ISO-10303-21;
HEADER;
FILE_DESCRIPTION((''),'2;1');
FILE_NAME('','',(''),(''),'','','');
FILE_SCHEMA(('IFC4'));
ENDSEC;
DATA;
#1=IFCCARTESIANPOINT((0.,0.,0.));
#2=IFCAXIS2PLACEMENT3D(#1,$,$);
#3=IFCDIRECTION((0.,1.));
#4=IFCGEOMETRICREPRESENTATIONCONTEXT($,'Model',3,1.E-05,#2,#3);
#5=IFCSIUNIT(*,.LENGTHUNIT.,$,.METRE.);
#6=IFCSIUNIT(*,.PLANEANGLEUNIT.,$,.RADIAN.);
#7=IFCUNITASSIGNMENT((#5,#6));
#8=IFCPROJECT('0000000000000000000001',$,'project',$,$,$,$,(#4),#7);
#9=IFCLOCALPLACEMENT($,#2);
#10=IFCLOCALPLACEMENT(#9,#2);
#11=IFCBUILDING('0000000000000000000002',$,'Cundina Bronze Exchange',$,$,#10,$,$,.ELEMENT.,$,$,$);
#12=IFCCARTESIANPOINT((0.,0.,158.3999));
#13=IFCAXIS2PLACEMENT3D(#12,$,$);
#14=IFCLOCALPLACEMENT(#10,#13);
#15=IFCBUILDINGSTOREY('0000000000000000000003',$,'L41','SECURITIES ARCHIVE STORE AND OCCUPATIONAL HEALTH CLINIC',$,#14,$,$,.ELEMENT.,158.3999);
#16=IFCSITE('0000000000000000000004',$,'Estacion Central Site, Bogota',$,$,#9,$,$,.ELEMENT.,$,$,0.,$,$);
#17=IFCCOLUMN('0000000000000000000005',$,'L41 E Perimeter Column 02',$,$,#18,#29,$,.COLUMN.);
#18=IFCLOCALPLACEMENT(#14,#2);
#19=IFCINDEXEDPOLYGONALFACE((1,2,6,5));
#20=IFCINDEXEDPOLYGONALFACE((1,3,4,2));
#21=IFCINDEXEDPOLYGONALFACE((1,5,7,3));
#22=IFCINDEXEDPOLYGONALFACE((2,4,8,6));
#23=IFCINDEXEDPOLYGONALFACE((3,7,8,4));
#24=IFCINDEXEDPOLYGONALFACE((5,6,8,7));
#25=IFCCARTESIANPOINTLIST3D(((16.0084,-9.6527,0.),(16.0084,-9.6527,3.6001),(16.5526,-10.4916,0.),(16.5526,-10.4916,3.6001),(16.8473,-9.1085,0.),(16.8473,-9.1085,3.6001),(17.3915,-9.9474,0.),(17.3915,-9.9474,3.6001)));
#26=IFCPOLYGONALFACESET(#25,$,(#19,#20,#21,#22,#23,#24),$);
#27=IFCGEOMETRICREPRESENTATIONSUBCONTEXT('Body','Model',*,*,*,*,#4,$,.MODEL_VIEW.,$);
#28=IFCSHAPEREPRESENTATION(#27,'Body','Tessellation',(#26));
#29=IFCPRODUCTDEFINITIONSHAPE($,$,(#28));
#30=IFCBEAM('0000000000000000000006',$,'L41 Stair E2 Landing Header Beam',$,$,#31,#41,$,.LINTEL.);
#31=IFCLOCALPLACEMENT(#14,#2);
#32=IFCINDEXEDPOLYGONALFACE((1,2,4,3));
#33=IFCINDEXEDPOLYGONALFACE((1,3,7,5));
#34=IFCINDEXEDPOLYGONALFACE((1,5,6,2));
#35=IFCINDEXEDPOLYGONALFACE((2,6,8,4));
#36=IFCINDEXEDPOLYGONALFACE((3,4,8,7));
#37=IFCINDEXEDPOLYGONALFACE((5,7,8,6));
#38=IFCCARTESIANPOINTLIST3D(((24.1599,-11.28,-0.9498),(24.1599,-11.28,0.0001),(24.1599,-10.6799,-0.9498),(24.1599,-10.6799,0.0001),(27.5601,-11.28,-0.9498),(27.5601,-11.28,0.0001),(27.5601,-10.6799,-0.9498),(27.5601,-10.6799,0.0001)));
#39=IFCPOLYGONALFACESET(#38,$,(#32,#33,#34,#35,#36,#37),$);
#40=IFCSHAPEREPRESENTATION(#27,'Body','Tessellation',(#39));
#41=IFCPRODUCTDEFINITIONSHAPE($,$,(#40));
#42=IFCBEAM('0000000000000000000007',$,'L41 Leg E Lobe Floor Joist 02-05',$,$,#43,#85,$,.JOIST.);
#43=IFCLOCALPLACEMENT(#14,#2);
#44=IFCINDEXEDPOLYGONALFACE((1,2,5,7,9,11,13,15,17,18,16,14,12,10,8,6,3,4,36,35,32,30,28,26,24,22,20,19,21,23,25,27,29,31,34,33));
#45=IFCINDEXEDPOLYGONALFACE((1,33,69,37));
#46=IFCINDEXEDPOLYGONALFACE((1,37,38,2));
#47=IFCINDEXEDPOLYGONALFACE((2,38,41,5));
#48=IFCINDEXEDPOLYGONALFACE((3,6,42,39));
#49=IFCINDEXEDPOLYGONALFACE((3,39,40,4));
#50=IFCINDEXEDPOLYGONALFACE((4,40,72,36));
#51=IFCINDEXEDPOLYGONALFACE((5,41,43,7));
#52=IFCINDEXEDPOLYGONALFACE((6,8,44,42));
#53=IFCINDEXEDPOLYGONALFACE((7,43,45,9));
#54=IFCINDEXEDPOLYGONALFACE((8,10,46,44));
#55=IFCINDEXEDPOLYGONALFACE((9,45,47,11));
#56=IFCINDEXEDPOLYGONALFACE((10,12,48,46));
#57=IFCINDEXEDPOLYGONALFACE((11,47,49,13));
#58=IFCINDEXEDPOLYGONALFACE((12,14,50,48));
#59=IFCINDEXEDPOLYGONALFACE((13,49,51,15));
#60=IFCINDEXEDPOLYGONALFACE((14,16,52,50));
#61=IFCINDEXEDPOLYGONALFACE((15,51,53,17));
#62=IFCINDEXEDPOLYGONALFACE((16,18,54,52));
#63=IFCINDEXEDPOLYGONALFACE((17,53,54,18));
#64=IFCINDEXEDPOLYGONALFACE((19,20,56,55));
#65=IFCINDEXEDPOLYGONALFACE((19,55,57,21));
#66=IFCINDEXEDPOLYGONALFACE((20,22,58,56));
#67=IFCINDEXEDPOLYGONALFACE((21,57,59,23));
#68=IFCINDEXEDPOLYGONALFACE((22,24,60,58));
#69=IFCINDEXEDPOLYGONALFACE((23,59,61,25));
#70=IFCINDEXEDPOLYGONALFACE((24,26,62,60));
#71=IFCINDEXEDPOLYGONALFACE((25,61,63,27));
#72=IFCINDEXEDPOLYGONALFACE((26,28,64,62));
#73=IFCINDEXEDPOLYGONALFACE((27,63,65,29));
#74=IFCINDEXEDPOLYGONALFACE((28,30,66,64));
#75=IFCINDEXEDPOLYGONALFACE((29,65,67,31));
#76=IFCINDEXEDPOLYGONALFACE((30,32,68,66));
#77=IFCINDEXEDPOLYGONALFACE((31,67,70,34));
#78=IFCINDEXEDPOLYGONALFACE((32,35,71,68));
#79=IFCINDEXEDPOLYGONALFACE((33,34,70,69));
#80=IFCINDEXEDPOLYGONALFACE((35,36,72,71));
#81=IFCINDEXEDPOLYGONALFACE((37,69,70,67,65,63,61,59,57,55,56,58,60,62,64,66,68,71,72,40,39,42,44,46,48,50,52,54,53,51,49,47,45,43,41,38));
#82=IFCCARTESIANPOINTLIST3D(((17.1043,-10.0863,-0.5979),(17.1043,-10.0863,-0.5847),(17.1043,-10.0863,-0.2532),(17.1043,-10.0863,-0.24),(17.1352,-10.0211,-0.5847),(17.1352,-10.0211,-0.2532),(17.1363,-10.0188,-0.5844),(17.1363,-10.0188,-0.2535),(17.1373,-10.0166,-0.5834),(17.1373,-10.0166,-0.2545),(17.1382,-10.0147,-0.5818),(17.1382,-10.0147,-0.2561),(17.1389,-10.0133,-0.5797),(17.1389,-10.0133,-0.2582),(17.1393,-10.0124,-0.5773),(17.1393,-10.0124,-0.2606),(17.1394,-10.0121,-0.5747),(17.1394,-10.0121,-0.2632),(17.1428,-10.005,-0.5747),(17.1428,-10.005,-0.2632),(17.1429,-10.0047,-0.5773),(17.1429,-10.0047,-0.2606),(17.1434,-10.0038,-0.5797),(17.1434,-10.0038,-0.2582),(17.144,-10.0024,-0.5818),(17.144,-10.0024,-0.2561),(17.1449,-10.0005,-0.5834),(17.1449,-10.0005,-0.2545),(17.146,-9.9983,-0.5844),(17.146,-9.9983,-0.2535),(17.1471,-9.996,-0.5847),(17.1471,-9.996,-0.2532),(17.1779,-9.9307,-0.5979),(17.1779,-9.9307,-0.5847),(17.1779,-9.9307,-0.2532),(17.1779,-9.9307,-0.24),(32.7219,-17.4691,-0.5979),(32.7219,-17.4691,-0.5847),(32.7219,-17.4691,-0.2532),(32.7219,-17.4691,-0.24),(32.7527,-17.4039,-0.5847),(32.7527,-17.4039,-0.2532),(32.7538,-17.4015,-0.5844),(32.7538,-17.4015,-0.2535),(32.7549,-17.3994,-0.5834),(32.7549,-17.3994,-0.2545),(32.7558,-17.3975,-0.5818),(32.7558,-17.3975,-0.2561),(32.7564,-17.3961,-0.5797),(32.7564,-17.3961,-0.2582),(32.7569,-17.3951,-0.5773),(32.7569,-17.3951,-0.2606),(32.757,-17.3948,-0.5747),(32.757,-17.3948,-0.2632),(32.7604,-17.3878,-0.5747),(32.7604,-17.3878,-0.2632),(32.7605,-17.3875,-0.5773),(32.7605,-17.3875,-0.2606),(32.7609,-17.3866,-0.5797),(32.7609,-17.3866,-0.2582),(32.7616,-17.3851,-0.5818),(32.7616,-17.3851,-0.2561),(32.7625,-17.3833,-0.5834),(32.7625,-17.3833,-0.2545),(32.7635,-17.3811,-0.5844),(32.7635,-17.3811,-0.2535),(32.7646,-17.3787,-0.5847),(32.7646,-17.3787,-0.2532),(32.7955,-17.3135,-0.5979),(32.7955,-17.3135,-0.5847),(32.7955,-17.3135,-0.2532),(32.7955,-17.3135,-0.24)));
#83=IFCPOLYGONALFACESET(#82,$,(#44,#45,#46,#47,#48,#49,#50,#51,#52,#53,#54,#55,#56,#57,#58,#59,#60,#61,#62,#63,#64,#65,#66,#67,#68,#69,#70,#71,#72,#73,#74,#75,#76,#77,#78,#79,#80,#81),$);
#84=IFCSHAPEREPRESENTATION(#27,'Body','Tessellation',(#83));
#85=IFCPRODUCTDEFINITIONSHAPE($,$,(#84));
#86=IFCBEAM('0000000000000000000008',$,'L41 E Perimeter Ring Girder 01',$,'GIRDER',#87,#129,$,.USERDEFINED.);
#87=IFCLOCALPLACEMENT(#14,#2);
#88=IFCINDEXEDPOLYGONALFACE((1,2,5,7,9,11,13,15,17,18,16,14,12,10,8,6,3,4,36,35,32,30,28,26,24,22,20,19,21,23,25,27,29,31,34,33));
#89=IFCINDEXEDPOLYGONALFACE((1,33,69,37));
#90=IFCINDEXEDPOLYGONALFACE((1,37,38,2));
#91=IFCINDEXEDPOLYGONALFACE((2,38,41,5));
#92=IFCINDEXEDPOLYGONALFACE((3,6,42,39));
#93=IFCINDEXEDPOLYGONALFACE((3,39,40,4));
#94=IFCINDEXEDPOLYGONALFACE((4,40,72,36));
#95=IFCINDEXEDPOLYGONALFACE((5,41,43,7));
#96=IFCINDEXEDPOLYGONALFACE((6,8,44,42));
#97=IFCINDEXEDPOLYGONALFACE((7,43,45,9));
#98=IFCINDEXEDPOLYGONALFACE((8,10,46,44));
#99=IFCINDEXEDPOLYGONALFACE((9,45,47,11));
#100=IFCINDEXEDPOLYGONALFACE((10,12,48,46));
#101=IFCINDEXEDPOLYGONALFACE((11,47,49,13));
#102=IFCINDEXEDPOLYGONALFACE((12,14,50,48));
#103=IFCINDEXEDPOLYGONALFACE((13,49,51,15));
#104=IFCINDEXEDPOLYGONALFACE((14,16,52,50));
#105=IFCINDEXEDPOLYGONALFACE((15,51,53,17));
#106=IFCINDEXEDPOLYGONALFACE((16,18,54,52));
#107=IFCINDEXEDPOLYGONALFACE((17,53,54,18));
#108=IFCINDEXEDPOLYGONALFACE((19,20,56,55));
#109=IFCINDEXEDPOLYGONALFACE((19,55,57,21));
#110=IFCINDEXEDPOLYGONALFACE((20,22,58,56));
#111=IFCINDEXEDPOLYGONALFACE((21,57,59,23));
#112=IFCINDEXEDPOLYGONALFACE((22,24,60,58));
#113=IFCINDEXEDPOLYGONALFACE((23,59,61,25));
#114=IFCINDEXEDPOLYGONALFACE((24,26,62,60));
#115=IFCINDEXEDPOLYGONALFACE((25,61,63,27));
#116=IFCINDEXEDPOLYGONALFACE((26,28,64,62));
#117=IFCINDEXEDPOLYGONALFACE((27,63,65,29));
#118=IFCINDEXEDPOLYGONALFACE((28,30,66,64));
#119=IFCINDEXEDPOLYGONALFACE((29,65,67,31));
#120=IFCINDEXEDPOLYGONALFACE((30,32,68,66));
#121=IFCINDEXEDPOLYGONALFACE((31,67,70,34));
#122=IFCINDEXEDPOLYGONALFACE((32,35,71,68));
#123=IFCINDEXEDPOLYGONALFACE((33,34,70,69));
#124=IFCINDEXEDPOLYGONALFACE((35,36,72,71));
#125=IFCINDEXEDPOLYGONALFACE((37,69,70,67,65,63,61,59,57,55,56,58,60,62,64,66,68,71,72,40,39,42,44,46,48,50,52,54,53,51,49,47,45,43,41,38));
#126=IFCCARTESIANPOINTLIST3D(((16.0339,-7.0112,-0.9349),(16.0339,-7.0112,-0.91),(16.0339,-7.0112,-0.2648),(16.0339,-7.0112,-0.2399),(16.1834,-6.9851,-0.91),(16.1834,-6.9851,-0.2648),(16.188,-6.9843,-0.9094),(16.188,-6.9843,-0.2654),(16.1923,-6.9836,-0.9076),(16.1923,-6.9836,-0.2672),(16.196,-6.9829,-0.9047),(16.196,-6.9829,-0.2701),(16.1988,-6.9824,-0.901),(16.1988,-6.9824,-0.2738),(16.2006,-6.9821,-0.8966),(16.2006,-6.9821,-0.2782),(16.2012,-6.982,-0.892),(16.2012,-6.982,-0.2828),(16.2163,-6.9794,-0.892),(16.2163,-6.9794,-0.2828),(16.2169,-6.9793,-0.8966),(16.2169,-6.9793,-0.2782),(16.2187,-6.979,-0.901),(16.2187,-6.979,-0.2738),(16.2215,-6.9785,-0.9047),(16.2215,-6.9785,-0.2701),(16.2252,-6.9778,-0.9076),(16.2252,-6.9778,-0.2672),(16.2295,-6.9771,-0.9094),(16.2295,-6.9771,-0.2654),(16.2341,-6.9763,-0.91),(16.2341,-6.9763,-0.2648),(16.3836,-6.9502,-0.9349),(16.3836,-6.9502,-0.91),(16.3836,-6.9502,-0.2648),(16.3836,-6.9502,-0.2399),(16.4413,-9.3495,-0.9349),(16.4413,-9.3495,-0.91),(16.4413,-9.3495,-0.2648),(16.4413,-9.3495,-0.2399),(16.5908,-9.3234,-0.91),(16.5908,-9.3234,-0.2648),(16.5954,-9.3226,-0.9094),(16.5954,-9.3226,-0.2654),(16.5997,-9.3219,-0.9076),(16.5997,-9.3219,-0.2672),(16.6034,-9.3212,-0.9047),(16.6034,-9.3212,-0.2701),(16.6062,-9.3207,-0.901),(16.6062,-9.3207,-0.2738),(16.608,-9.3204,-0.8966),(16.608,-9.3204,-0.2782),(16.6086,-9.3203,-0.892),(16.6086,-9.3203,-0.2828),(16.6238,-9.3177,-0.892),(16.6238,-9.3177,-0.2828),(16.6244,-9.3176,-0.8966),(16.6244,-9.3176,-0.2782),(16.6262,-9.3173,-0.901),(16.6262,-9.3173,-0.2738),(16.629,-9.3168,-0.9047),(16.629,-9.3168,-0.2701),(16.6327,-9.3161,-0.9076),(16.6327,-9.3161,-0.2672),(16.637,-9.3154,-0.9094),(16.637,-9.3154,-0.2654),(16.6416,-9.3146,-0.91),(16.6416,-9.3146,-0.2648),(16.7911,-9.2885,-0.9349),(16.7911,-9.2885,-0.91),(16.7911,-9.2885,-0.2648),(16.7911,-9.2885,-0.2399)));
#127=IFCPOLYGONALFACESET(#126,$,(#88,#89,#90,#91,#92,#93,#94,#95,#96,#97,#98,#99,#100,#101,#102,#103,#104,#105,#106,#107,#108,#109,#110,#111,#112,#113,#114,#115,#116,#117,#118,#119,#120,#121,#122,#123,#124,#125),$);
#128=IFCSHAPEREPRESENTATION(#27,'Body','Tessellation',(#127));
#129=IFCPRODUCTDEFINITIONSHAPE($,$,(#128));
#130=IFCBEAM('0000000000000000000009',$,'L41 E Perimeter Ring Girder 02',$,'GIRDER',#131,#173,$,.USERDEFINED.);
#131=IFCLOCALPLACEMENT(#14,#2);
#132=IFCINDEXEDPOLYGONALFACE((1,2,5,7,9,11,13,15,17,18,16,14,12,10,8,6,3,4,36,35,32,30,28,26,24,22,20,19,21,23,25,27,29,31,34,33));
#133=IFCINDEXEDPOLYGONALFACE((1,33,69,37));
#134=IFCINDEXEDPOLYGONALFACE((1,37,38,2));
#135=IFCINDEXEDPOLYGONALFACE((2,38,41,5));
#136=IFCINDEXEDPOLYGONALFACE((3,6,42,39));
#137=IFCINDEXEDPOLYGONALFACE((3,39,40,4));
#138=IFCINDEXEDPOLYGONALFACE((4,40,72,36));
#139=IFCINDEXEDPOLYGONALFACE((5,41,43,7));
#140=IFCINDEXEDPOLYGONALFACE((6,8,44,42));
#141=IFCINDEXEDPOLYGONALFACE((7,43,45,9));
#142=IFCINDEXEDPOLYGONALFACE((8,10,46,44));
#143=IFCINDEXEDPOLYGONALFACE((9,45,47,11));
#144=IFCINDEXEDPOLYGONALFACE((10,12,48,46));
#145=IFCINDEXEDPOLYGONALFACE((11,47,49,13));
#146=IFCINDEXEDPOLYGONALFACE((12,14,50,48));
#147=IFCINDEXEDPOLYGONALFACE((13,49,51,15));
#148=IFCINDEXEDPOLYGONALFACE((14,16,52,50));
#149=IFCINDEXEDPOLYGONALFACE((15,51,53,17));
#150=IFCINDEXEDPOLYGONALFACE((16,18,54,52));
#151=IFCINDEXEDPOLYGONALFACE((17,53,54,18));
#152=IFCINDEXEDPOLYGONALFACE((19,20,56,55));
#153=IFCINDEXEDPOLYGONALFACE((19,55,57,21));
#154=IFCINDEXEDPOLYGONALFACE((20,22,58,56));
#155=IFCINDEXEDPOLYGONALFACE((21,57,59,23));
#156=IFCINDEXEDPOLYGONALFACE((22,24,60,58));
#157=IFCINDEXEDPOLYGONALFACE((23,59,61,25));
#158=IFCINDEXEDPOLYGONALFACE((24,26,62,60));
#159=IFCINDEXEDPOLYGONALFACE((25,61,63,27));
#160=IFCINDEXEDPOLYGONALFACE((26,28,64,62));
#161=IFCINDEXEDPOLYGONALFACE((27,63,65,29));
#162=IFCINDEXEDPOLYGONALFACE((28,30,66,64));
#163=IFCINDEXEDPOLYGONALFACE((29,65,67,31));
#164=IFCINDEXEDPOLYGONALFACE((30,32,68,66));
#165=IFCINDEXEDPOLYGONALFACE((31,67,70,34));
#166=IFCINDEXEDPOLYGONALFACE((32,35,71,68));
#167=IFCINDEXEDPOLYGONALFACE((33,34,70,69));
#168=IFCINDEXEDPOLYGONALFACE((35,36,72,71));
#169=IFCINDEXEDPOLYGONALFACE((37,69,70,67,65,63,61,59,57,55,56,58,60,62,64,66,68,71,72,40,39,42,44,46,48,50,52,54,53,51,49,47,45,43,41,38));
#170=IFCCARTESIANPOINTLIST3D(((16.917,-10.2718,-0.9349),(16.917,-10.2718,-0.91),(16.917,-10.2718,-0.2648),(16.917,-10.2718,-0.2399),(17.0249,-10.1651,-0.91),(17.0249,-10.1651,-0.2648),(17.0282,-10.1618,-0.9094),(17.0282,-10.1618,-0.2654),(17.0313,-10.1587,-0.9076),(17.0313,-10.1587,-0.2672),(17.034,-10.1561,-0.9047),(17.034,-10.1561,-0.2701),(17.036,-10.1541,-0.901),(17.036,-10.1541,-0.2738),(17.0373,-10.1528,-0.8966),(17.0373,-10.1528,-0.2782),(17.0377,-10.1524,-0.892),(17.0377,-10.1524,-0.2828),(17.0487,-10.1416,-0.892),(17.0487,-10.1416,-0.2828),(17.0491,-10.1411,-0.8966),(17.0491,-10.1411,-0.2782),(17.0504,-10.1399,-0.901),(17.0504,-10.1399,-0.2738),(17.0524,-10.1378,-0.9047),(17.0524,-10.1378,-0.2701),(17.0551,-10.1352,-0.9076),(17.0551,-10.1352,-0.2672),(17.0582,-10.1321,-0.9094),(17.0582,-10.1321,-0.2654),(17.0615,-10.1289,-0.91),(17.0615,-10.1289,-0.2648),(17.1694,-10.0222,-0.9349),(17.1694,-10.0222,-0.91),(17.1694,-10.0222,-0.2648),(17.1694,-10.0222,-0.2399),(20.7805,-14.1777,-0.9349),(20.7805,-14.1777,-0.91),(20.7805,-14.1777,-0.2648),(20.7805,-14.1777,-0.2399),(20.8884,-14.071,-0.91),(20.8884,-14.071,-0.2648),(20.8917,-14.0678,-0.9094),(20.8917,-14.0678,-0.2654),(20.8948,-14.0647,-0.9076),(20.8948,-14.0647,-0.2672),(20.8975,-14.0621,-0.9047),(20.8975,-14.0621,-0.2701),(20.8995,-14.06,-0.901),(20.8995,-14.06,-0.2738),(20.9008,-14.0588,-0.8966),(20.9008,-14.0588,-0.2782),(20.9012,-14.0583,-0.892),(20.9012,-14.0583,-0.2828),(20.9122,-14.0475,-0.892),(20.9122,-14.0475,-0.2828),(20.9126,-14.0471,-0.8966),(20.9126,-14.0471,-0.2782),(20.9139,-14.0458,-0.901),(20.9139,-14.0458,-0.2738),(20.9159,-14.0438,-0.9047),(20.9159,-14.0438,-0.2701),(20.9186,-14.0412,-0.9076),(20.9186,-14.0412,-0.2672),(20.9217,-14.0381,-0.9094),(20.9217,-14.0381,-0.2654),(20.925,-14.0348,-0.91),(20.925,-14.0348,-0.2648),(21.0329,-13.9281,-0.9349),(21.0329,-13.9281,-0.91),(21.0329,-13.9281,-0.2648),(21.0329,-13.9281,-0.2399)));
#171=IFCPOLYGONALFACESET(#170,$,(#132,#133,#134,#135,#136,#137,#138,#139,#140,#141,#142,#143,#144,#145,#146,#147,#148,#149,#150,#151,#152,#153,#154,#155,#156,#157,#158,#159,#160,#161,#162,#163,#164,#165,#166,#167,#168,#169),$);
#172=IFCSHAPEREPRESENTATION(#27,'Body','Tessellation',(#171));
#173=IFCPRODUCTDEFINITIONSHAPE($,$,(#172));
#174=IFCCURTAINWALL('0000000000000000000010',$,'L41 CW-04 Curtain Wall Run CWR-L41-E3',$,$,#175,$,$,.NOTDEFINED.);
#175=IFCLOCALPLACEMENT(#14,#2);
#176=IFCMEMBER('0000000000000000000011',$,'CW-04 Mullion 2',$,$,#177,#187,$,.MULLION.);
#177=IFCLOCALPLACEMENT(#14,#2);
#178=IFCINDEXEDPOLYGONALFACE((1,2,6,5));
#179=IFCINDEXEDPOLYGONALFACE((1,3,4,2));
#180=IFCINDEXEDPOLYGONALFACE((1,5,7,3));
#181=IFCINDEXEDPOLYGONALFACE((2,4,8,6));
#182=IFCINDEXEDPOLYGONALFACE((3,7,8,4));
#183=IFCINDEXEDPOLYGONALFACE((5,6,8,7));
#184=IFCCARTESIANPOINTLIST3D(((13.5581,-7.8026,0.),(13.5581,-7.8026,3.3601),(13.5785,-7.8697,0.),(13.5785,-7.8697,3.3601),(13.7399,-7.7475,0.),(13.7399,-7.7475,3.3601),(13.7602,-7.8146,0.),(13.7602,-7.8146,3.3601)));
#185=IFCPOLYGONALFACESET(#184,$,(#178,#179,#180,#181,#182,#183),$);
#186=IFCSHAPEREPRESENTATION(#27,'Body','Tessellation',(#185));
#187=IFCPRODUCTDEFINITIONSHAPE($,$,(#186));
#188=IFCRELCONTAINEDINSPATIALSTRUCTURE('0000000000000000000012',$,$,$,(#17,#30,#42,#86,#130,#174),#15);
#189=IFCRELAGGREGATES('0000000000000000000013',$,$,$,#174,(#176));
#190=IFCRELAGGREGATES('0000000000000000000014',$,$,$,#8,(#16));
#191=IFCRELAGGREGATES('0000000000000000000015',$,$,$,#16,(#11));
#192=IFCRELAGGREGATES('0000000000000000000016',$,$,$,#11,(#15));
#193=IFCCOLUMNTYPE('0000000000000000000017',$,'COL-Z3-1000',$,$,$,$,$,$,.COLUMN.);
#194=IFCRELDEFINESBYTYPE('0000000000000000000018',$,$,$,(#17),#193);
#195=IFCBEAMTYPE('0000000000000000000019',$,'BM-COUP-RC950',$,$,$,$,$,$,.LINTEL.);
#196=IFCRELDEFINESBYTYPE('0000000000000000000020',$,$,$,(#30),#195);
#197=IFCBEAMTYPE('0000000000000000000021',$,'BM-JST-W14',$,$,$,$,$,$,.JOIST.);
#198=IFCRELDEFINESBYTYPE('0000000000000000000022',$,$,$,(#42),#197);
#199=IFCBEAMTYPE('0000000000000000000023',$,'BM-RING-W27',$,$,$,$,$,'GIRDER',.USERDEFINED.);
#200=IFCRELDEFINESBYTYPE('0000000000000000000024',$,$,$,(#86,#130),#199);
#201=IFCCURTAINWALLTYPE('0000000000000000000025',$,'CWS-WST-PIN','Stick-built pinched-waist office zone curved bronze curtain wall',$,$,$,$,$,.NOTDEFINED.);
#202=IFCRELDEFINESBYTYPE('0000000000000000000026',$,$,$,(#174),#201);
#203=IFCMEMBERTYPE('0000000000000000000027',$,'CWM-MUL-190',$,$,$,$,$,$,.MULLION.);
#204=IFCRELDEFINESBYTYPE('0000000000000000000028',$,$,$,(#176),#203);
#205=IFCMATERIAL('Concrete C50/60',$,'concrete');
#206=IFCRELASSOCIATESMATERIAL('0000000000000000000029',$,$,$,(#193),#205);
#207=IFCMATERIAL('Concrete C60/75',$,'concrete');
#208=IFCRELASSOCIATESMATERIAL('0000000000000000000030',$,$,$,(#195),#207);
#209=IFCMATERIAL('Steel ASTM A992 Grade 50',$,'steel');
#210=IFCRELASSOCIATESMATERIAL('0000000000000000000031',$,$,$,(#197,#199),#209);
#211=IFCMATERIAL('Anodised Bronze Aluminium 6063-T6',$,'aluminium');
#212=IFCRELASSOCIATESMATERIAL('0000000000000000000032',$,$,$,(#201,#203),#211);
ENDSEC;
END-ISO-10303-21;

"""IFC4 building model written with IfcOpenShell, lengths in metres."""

from ifc_helpers import new_model, si_unit, direction, frame, origin, origin_2d, place, context, subcontext, project, spatial, rectangle, i_section, extrude, material, material_profile, profile_set, type_object, element, aggregate, save


model = new_model("IFC4")

# Units and contexts
model_context = context("Model", 3, precision=1e-05, world=origin(), true_north=direction((0.0, 1.0)))
body_context = subcontext(model_context, "Body", "Model", "MODEL_VIEW")
ifc_project = project(units=[si_unit("LENGTHUNIT", "METRE"), si_unit("PLANEANGLEUNIT", "RADIAN")], contexts=[model_context])

# Site, building, storey
site_placement = place(None, origin())
site = spatial("IfcSite", under=ifc_project, at=site_placement, Name="Estacion Central Site, Bogota", CompositionType="ELEMENT", RefElevation=0.0)
building_placement = place(site_placement, origin())
building = spatial("IfcBuilding", under=site, at=building_placement, Name="Cundina Bronze Exchange", CompositionType="ELEMENT")
storey_placement = place(building_placement, frame((0.0, 0.0, 158.3999)))
storey = spatial("IfcBuildingStorey", under=building, at=storey_placement, Name="L41", Description="SECURITIES ARCHIVE STORE AND OCCUPATIONAL HEALTH CLINIC", CompositionType="ELEMENT", Elevation=158.3999)

# Column
ifc_material_1 = material(Name="Concrete C50/60", Category="concrete")
ifc_material_profile_1 = material_profile(ifc_material_1, rectangle(XDim=1.0, YDim=1.0, at=origin_2d()), Name="RC1000X1000", Category="concrete")
ifc_profile_set_1 = profile_set([ifc_material_profile_1], Name="Concrete C50/60")
column_type = type_object("IfcColumnType", Name="COL-Z3-1000", PredefinedType="COLUMN", material=ifc_profile_set_1)
column_placement = place(storey_placement, frame((16.7, -9.8, 0.0), z_axis=(0.0, 0.0, 1.0), x_axis=(0.5442, -0.838956, 0.0)))
element("IfcColumn", 1, at=column_placement, inside=storey, type_object=column_type, Name="L41 E Perimeter Column 02", PredefinedType="COLUMN", context=body_context, shape_type="SweptSolid", body=[
    extrude(rectangle(XDim=1.0, YDim=1.0, at=origin_2d()), origin(), (0.0, 0.0, 1.0), 3.6001),
])

# Beams
ifc_material_2 = material(Name="Concrete C60/75", Category="concrete")
ifc_material_profile_2 = material_profile(ifc_material_2, rectangle(XDim=0.6001, YDim=0.95, at=origin_2d()), Name="RC600X950", Category="concrete")
ifc_profile_set_2 = profile_set([ifc_material_profile_2], Name="Concrete C60/75")
beam_type_1 = type_object("IfcBeamType", Name="BM-COUP-RC950", PredefinedType="LINTEL", material=ifc_profile_set_2)
beam_1_placement = place(storey_placement, frame((24.1599, -10.98, -0.4749), z_axis=(1.0, 0.0, 0.0), x_axis=(0.0, 1.0, 0.0)))
element("IfcBeam", 2, at=beam_1_placement, inside=storey, type_object=beam_type_1, Name="L41 Stair E2 Landing Header Beam", PredefinedType="LINTEL", context=body_context, shape_type="SweptSolid", body=[
    extrude(rectangle(XDim=0.6001, YDim=0.95, at=origin_2d()), origin(), (0.0, 0.0, 1.0), 3.4001),
])
ifc_material_3 = material(Name="Steel ASTM A992 Grade 50", Category="steel")
ifc_material_profile_3 = material_profile(ifc_material_3, i_section(OverallWidth=0.1721, OverallDepth=0.3579, WebThickness=0.0078, FlangeThickness=0.0132, FilletRadius=0.01, at=origin_2d()), Name="W14X38", Category="steel")
ifc_profile_set_3 = profile_set([ifc_material_profile_3], Name="Steel ASTM A992 Grade 50")
beam_type_2 = type_object("IfcBeamType", Name="BM-JST-W14", PredefinedType="JOIST", material=ifc_profile_set_3)
beam_2_placement = place(storey_placement, frame((17.1411, -10.0085, -0.4189), z_axis=(0.904074, -0.427375, 0.0), x_axis=(0.427375, 0.904074, 0.0)))
element("IfcBeam", 3, at=beam_2_placement, inside=storey, type_object=beam_type_2, Name="L41 Leg E Lobe Floor Joist 02-05", PredefinedType="JOIST", context=body_context, shape_type="SweptSolid", body=[
    extrude(i_section(OverallWidth=0.1721, OverallDepth=0.3579, WebThickness=0.0078, FlangeThickness=0.0132, FilletRadius=0.01, at=origin_2d()), origin(), (0.0, 0.0, 1.0), 17.2747),
])
ifc_material_profile_4 = material_profile(ifc_material_3, i_section(OverallWidth=0.355, OverallDepth=0.6951, WebThickness=0.0154, FlangeThickness=0.0249, FilletRadius=0.0181, at=origin_2d()), Name="W27X146", Category="steel")
ifc_profile_set_4 = profile_set([ifc_material_profile_4], Name="Steel ASTM A992 Grade 50")
beam_type_3 = type_object("IfcBeamType", Name="BM-RING-W27", ElementType="GIRDER", PredefinedType="USERDEFINED", material=ifc_profile_set_4)
beam_3_placement = place(storey_placement, frame((16.2087, -6.9807, -0.5874), z_axis=(0.171667, -0.985155, 0.0), x_axis=(0.985155, 0.171667, 0.0)))
element("IfcBeam", 4, at=beam_3_placement, inside=storey, type_object=beam_type_3, Name="L41 E Perimeter Ring Girder 01", ObjectType="GIRDER", PredefinedType="USERDEFINED", context=body_context, shape_type="SweptSolid", body=[
    extrude(i_section(OverallWidth=0.355, OverallDepth=0.6951, WebThickness=0.0154, FlangeThickness=0.0249, FilletRadius=0.0181, at=origin_2d()), origin(), (0.0, 0.0, 1.0), 2.3735),
])
beam_4_placement = place(storey_placement, frame((17.0432, -10.147, -0.5874), z_axis=(0.70323, -0.710962, 0.0), x_axis=(0.710962, 0.70323, 0.0)))
element("IfcBeam", 5, at=beam_4_placement, inside=storey, type_object=beam_type_3, Name="L41 E Perimeter Ring Girder 02", ObjectType="GIRDER", PredefinedType="USERDEFINED", context=body_context, shape_type="SweptSolid", body=[
    extrude(i_section(OverallWidth=0.355, OverallDepth=0.6951, WebThickness=0.0154, FlangeThickness=0.0249, FilletRadius=0.0181, at=origin_2d()), origin(), (0.0, 0.0, 1.0), 5.4939),
])

# Curtain wall, member
ifc_material_4 = material(Name="Anodised Bronze Aluminium 6063-T6", Category="aluminium")
curtain_wall_type = type_object("IfcCurtainWallType", Name="CWS-WST-PIN", Description="Stick-built pinched-waist office zone curved bronze curtain wall", PredefinedType="NOTDEFINED", material=ifc_material_4)
curtain_wall_placement = place(storey_placement, origin())
curtain_wall = element("IfcCurtainWall", 6, at=curtain_wall_placement, inside=storey, type_object=curtain_wall_type, Name="L41 CW-04 Curtain Wall Run CWR-L41-E3", PredefinedType="NOTDEFINED")
ifc_material_profile_5 = material_profile(ifc_material_4, rectangle(XDim=0.0701, YDim=0.1899, at=origin_2d()), Name="AL70X190", Category="aluminium")
ifc_profile_set_5 = profile_set([ifc_material_profile_5], Name="Anodised Bronze Aluminium 6063-T6")
member_type_1 = type_object("IfcMemberType", Name="CWM-MUL-190", PredefinedType="MULLION", material=ifc_profile_set_5)
member_1_placement = place(storey_placement, frame((13.6592, -7.8086, 0.0), z_axis=(0.0, 0.0, 1.0), x_axis=(0.290034, -0.957016, 0.0)))
member_1 = element("IfcMember", 7, at=member_1_placement, type_object=member_type_1, Name="CW-04 Mullion 2", PredefinedType="MULLION", context=body_context, shape_type="SweptSolid", body=[
    extrude(rectangle(XDim=0.0701, YDim=0.1899, at=origin_2d()), origin(), (0.0, 0.0, 1.0), 3.3601),
])
aggregate(curtain_wall, [member_1])

save(model, "model.ifc")
